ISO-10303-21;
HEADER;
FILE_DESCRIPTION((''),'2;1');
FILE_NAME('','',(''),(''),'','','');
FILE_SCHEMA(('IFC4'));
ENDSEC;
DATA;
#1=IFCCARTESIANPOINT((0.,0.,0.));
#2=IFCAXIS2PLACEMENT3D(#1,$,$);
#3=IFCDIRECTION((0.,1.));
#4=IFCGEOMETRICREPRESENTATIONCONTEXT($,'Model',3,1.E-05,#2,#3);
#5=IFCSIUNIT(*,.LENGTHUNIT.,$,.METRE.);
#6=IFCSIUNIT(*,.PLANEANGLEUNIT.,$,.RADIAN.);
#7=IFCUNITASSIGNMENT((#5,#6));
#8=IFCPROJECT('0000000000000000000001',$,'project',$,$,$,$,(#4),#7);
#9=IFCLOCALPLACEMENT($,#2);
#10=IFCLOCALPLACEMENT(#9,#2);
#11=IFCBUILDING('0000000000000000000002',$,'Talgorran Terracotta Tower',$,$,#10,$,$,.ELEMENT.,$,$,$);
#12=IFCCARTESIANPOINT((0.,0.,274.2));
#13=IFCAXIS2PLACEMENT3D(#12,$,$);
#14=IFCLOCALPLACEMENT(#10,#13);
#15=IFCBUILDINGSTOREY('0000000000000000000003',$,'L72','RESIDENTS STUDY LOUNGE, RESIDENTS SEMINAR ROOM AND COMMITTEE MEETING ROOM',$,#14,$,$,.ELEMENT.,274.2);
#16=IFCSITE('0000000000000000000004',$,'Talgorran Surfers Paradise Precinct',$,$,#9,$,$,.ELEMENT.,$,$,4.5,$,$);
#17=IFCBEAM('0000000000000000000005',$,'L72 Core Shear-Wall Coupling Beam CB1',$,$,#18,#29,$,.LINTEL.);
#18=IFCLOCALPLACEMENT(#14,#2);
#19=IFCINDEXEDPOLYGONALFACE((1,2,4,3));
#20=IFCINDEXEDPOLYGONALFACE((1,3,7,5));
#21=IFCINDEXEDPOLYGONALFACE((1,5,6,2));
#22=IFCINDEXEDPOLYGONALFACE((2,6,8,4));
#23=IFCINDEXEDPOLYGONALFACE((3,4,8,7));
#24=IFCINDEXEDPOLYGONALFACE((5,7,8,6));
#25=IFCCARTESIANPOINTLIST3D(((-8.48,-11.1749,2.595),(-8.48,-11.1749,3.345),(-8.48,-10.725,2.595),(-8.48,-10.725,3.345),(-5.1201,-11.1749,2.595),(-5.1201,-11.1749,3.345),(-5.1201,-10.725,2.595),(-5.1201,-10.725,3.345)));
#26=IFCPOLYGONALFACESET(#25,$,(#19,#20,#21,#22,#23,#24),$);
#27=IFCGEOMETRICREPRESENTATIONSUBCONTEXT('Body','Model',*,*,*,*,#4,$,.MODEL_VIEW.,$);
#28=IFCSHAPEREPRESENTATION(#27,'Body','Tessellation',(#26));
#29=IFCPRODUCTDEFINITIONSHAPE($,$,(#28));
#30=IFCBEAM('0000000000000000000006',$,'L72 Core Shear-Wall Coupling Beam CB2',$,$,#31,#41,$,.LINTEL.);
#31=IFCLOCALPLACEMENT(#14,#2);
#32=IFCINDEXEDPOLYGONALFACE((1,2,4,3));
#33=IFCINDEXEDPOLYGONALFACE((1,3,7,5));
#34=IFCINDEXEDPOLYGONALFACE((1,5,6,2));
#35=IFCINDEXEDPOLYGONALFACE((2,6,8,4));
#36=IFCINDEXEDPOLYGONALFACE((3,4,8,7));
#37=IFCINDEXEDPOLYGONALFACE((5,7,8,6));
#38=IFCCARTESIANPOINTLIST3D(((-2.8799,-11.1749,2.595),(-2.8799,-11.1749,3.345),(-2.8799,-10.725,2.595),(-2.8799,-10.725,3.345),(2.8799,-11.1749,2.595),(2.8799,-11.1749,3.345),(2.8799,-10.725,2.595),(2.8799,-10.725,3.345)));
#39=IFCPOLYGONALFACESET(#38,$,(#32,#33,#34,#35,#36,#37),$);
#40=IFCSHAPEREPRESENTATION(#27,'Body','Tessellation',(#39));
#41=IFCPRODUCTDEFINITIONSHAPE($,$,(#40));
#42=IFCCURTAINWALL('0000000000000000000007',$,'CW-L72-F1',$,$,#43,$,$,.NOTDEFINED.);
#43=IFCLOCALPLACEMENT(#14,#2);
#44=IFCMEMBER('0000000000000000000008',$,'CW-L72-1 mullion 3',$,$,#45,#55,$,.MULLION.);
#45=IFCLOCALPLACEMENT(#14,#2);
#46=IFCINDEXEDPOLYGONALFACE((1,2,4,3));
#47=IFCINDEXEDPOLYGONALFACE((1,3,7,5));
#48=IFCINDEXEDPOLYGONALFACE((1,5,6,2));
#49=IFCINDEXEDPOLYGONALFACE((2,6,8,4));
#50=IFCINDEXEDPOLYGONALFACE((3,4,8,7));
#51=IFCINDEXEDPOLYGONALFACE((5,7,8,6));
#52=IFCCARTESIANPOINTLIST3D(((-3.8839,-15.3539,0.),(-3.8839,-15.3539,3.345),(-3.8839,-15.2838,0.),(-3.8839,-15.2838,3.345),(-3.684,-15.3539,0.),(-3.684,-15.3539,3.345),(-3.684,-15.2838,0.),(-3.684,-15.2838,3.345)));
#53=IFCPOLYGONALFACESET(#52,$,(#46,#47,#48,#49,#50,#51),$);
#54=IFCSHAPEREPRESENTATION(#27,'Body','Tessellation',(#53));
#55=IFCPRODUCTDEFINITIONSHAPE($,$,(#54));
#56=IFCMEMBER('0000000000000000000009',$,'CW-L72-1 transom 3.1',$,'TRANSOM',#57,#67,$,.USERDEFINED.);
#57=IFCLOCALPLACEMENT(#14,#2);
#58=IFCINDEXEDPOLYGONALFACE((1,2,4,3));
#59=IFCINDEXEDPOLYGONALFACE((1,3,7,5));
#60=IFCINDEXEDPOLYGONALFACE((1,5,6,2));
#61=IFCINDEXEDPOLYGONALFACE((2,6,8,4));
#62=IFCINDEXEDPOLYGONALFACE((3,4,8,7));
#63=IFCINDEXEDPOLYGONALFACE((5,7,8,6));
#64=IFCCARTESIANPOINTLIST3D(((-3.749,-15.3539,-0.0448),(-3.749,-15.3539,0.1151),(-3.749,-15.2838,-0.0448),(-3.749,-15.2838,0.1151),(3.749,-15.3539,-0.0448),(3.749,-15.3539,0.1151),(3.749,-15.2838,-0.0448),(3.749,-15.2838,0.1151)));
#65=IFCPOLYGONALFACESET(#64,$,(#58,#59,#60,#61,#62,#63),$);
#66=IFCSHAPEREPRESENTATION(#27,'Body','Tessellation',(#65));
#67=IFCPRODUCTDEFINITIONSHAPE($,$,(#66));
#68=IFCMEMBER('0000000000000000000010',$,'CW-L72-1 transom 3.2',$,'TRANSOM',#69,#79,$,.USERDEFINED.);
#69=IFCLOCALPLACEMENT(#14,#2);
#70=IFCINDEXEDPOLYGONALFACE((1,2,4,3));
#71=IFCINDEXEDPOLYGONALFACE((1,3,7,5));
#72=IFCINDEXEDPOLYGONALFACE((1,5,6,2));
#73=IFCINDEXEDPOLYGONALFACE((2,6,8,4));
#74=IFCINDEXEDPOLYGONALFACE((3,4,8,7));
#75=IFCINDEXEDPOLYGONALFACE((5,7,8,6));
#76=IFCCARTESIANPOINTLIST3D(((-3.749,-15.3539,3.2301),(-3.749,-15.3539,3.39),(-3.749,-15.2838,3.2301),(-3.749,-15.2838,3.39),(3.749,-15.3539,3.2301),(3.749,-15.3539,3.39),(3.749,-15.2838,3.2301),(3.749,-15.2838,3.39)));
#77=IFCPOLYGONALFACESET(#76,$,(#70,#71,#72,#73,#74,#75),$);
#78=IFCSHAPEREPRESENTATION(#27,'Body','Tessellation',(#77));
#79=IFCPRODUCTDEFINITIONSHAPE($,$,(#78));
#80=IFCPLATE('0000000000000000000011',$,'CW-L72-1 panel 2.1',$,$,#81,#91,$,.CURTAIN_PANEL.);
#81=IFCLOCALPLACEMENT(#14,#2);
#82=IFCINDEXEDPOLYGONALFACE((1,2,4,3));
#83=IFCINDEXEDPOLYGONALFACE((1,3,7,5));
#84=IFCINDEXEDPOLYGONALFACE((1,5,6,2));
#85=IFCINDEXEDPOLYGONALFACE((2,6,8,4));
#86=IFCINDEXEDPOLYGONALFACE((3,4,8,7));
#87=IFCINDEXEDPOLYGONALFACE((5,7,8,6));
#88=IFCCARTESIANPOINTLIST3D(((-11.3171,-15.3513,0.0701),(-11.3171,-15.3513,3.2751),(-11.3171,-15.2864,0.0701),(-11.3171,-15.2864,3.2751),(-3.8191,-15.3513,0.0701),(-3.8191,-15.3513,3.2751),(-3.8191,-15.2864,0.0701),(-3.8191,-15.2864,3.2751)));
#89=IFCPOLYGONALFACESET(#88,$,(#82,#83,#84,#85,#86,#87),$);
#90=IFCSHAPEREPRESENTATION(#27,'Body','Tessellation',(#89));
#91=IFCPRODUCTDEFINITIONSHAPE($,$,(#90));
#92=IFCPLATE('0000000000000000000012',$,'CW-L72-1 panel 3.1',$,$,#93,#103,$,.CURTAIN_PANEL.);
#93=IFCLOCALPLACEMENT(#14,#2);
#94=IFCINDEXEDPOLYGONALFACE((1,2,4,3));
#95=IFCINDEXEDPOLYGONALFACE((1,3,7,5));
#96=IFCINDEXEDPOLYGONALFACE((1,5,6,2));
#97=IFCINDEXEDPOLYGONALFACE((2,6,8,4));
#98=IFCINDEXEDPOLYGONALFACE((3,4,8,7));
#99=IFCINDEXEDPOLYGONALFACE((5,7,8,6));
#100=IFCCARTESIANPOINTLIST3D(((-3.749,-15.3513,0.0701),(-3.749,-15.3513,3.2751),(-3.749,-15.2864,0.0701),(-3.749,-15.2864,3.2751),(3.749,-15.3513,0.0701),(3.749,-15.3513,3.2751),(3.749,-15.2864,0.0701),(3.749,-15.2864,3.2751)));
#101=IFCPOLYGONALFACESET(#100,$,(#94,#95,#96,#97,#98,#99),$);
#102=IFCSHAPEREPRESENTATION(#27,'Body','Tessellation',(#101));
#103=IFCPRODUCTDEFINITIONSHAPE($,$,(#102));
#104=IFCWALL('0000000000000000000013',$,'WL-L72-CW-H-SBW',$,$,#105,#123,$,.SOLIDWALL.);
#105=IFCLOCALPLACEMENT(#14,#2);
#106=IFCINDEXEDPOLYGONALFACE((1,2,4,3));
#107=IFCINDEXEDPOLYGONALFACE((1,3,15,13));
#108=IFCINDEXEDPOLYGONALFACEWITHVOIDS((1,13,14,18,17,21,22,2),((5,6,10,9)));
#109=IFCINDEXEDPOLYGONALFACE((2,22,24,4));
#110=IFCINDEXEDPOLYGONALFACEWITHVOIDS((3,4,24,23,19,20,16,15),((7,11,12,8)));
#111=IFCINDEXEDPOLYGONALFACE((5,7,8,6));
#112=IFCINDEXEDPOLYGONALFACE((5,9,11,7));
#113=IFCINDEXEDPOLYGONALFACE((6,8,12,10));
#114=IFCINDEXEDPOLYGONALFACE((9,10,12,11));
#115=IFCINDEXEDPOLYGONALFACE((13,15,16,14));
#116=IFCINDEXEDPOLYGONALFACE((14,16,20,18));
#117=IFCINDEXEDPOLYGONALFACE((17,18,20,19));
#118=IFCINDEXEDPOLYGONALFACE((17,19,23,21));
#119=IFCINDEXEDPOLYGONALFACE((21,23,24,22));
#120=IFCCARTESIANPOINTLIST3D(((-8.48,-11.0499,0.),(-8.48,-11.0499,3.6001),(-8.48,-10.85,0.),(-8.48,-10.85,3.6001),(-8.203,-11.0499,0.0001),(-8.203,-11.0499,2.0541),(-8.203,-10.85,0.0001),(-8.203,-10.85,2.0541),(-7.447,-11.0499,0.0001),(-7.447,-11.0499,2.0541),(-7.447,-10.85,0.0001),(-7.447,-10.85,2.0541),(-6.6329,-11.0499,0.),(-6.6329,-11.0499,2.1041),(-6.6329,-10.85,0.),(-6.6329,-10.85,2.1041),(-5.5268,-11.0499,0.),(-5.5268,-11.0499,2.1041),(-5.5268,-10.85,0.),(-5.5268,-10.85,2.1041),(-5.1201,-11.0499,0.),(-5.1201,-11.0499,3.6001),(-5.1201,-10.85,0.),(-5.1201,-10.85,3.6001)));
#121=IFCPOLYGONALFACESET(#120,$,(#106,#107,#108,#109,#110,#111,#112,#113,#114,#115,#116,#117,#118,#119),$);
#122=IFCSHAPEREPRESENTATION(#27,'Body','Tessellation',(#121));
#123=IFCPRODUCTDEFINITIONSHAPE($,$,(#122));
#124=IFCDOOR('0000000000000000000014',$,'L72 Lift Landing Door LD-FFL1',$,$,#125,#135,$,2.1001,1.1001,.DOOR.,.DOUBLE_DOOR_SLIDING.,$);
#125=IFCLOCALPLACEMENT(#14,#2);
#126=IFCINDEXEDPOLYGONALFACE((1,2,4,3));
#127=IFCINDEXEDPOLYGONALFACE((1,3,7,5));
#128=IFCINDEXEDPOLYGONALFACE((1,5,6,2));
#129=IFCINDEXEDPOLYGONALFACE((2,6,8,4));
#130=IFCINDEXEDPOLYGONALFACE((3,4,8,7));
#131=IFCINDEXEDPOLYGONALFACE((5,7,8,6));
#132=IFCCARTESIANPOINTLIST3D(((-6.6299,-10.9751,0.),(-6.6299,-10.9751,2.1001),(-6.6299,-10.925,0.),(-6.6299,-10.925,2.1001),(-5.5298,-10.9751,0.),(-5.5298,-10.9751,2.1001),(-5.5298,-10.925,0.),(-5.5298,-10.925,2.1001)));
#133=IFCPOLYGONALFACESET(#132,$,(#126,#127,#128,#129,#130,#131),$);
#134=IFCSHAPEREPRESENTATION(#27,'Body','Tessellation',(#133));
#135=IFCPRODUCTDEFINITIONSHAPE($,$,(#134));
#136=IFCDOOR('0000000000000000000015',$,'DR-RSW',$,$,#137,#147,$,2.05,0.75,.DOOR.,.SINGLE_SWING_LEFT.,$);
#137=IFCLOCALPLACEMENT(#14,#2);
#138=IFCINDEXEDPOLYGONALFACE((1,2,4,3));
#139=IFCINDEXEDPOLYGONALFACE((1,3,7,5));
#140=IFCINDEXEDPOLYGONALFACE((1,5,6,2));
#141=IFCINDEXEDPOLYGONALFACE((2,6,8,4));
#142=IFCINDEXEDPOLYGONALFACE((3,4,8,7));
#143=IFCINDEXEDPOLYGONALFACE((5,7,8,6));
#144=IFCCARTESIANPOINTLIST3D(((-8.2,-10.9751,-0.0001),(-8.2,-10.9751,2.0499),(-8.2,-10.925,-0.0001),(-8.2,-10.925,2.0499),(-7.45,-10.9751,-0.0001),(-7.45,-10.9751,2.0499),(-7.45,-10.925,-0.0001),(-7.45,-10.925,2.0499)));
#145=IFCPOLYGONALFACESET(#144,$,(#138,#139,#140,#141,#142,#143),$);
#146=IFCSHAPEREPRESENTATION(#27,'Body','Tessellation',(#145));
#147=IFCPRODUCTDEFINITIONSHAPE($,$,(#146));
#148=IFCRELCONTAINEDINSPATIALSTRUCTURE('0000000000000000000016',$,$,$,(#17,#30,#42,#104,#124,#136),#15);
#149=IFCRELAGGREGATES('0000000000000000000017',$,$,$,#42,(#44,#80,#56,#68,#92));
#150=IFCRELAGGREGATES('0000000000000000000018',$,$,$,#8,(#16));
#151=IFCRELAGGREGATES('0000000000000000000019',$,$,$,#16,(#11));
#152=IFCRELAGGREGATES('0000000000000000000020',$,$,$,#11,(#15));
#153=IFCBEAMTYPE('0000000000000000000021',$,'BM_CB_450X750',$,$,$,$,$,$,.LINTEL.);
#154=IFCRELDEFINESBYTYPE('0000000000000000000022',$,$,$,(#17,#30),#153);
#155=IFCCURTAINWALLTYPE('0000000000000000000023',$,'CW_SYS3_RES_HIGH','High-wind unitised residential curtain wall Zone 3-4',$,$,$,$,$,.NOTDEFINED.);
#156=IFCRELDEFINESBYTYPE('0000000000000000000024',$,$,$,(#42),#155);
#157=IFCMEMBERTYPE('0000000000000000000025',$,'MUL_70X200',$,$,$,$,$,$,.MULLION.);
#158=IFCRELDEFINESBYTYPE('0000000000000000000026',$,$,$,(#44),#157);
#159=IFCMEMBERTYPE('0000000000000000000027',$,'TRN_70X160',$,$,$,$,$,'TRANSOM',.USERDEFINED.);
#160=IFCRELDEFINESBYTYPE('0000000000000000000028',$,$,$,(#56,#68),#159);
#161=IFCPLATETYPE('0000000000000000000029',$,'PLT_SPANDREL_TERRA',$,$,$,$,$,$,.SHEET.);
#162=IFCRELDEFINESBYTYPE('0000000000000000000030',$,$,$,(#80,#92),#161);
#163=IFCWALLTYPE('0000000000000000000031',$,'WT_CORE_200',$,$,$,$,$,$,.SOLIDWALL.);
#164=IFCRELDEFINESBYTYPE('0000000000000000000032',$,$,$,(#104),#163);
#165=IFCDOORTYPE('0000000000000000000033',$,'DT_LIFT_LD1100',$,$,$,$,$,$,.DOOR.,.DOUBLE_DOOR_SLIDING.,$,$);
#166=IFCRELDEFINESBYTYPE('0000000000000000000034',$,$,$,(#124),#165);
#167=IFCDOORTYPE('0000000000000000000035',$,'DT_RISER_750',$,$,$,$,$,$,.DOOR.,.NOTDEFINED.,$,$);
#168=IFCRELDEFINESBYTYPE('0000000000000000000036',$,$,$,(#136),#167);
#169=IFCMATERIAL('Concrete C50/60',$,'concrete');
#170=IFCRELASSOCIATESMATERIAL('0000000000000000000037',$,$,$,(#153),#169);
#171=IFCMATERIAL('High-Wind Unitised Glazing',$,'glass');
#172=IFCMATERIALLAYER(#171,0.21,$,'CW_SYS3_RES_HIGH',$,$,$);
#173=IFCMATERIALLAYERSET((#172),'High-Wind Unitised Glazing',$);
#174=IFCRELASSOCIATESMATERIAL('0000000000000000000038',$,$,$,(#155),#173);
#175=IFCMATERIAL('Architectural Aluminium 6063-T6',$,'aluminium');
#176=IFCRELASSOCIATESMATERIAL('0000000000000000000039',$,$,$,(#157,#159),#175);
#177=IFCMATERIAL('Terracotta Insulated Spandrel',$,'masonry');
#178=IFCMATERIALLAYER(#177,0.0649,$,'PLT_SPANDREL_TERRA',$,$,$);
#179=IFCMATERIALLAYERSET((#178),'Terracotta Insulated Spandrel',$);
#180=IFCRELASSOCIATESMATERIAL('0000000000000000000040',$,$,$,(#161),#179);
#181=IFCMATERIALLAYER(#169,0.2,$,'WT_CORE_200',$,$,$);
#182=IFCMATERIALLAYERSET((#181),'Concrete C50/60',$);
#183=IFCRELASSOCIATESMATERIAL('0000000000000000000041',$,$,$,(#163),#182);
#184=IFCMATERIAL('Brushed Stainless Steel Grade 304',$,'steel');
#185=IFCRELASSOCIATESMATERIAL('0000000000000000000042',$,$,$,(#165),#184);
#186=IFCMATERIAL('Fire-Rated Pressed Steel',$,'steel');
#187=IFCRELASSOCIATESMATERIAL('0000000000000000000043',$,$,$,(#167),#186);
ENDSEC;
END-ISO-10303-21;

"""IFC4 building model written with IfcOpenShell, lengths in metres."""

from ifc_helpers import new_model, si_unit, direction, frame, frame_2d, origin, origin_2d, place, context, subcontext, project, spatial, rectangle, extrude, source, transform, mapped, material, layer, layer_set, material_profile, profile_set, type_object, type_shapes, element, fill, aggregate, save


model = new_model("IFC4")

# Units and contexts
model_context = context("Model", 3, precision=1e-05, world=origin(), true_north=direction((0.0, 1.0)))
body_context = subcontext(model_context, "Body", "Model", "MODEL_VIEW")
ifc_project = project(units=[si_unit("LENGTHUNIT", "METRE"), si_unit("PLANEANGLEUNIT", "RADIAN")], contexts=[model_context])

# Site, building, storey
site_placement = place(None, origin())
site = spatial("IfcSite", under=ifc_project, at=site_placement, Name="Talgorran Surfers Paradise Precinct", CompositionType="ELEMENT", RefElevation=4.5)
building_placement = place(site_placement, origin())
building = spatial("IfcBuilding", under=site, at=building_placement, Name="Talgorran Terracotta Tower", CompositionType="ELEMENT")
storey_placement = place(building_placement, frame((0.0, 0.0, 274.2)))
storey = spatial("IfcBuildingStorey", under=building, at=storey_placement, Name="L72", Description="RESIDENTS STUDY LOUNGE, RESIDENTS SEMINAR ROOM AND COMMITTEE MEETING ROOM", CompositionType="ELEMENT", Elevation=274.2)

# Beams
ifc_material_1 = material(Name="Concrete C50/60", Category="concrete")
ifc_material_profile_1 = material_profile(ifc_material_1, rectangle(XDim=0.45, YDim=0.75, at=origin_2d()), Name="RCCB450X750")
ifc_profile_set_1 = profile_set([ifc_material_profile_1], Name="Concrete C50/60")
beam_type = type_object("IfcBeamType", Name="BM_CB_450X750", PredefinedType="LINTEL", material=ifc_profile_set_1)
beam_1_placement = place(storey_placement, frame((-8.48, -10.95, 2.97), z_axis=(1.0, 0.0, 0.0), x_axis=(0.0, 1.0, 0.0)))
element("IfcBeam", 1, at=beam_1_placement, inside=storey, type_object=beam_type, Name="L72 Core Shear-Wall Coupling Beam CB1", PredefinedType="LINTEL", context=body_context, shape_type="SweptSolid", body=[
    extrude(rectangle(XDim=0.45, YDim=0.75, at=origin_2d()), origin(), (0.0, 0.0, 1.0), 3.3599),
])
beam_2_placement = place(storey_placement, frame((-2.8799, -10.95, 2.97), z_axis=(1.0, 0.0, 0.0), x_axis=(0.0, 1.0, 0.0)))
element("IfcBeam", 2, at=beam_2_placement, inside=storey, type_object=beam_type, Name="L72 Core Shear-Wall Coupling Beam CB2", PredefinedType="LINTEL", context=body_context, shape_type="SweptSolid", body=[
    extrude(rectangle(XDim=0.45, YDim=0.75, at=origin_2d()), origin(), (0.0, 0.0, 1.0), 5.7598),
])

# Curtain wall, members, plates
ifc_material_2 = material(Name="High-Wind Unitised Glazing", Category="glass")
ifc_layer_1 = layer(ifc_material_2, 0.21, Name="CW_SYS3_RES_HIGH")
ifc_layer_set_1 = layer_set([ifc_layer_1], Name="High-Wind Unitised Glazing")
curtain_wall_type = type_object("IfcCurtainWallType", Name="CW_SYS3_RES_HIGH", Description="High-wind unitised residential curtain wall Zone 3-4", PredefinedType="NOTDEFINED", material=ifc_layer_set_1)
curtain_wall_placement = place(storey_placement, origin())
curtain_wall = element("IfcCurtainWall", 3, at=curtain_wall_placement, inside=storey, type_object=curtain_wall_type, Name="CW-L72-F1", PredefinedType="NOTDEFINED")
ifc_material_3 = material(Name="Architectural Aluminium 6063-T6", Category="aluminium")
ifc_material_profile_2 = material_profile(ifc_material_3, rectangle(XDim=0.0701, YDim=0.2, at=origin_2d()), Name="CWM70X200")
ifc_profile_set_2 = profile_set([ifc_material_profile_2], Name="Architectural Aluminium 6063-T6")
member_type_1 = type_object("IfcMemberType", Name="MUL_70X200", PredefinedType="MULLION", material=ifc_profile_set_2)
member_1_placement = place(storey_placement, frame((-3.7839, -15.3188, 0.0), z_axis=(0.0, 0.0, 1.0), x_axis=(0.0, 1.0, 0.0)))
member_1 = element("IfcMember", 4, at=member_1_placement, type_object=member_type_1, Name="CW-L72-1 mullion 3", PredefinedType="MULLION", context=body_context, shape_type="SweptSolid", body=[
    extrude(rectangle(XDim=0.0701, YDim=0.2, at=origin_2d()), origin(), (0.0, 0.0, 1.0), 3.345),
])
ifc_material_profile_3 = material_profile(ifc_material_3, rectangle(XDim=0.0701, YDim=0.1599, at=origin_2d()), Name="CWT70X160")
ifc_profile_set_3 = profile_set([ifc_material_profile_3], Name="Architectural Aluminium 6063-T6")
member_type_2 = type_object("IfcMemberType", Name="TRN_70X160", ElementType="TRANSOM", PredefinedType="USERDEFINED", material=ifc_profile_set_3)
member_2_placement = place(storey_placement, frame((-3.749, -15.3188, 0.0352), z_axis=(1.0, 0.0, 0.0), x_axis=(0.0, 1.0, 0.0)))
member_2 = element("IfcMember", 5, at=member_2_placement, type_object=member_type_2, Name="CW-L72-1 transom 3.1", ObjectType="TRANSOM", PredefinedType="USERDEFINED", context=body_context, shape_type="SweptSolid", body=[
    extrude(rectangle(XDim=0.0701, YDim=0.1599, at=origin_2d()), origin(), (0.0, 0.0, 1.0), 7.498),
])
member_3_placement = place(storey_placement, frame((-3.749, -15.3188, 3.3101), z_axis=(1.0, 0.0, 0.0), x_axis=(0.0, 1.0, 0.0)))
member_3 = element("IfcMember", 6, at=member_3_placement, type_object=member_type_2, Name="CW-L72-1 transom 3.2", ObjectType="TRANSOM", PredefinedType="USERDEFINED", context=body_context, shape_type="SweptSolid", body=[
    extrude(rectangle(XDim=0.0701, YDim=0.1599, at=origin_2d()), origin(), (0.0, 0.0, 1.0), 7.498),
])
ifc_material_4 = material(Name="Terracotta Insulated Spandrel", Category="masonry")
ifc_layer_2 = layer(ifc_material_4, 0.0649, Name="PLT_SPANDREL_TERRA")
ifc_layer_set_2 = layer_set([ifc_layer_2], Name="Terracotta Insulated Spandrel")
plate_type = type_object("IfcPlateType", Name="PLT_SPANDREL_TERRA", PredefinedType="SHEET", material=ifc_layer_set_2)
shared_shape = source(origin(), body_context, "Body", "SweptSolid", [
    extrude(rectangle(XDim=7.498, YDim=0.0649, at=origin_2d()), origin(), (0.0, 0.0, 1.0), 3.2051),
])
type_shapes(plate_type, [shared_shape])
plate_1_placement = place(storey_placement, frame((-7.5681, -15.3188, 0.0701), z_axis=(0.0, 0.0, 1.0), x_axis=(1.0, 0.0, 0.0)))
plate_1 = element("IfcPlate", 7, at=plate_1_placement, type_object=plate_type, Name="CW-L72-1 panel 2.1", PredefinedType="CURTAIN_PANEL", context=body_context, shape_type="MappedRepresentation", body=[
    mapped(shared_shape, transform((0.0, 0.0, 0.0), scale=1.0)),
])
plate_2_placement = place(storey_placement, frame((0.0, -15.3188, 0.0701), z_axis=(0.0, 0.0, 1.0), x_axis=(1.0, 0.0, 0.0)))
plate_2 = element("IfcPlate", 8, at=plate_2_placement, type_object=plate_type, Name="CW-L72-1 panel 3.1", PredefinedType="CURTAIN_PANEL", context=body_context, shape_type="MappedRepresentation", body=[
    mapped(shared_shape, transform((0.0, 0.0, 0.0), scale=1.0)),
])
aggregate(curtain_wall, [member_1, plate_1, member_2, member_3, plate_2])

# Wall, openings, doors
ifc_layer_3 = layer(ifc_material_1, 0.2, Name="WT_CORE_200")
ifc_layer_set_3 = layer_set([ifc_layer_3], Name="Concrete C50/60")
wall_type_1 = type_object("IfcWallType", Name="WT_CORE_200", PredefinedType="SOLIDWALL", material=ifc_layer_set_3)
wall_1_placement = place(storey_placement, frame((-8.48, -10.95, 0.0), z_axis=(0.0, 0.0, 1.0), x_axis=(1.0, 0.0, 0.0)))
wall_1 = element("IfcWall", 9, at=wall_1_placement, inside=storey, type_object=wall_type_1, Name="WL-L72-CW-H-SBW", PredefinedType="SOLIDWALL", context=body_context, shape_type="SweptSolid", body=[
    extrude(rectangle(XDim=3.3599, YDim=0.2, at=frame_2d((1.6799, 0.0))), origin(), (0.0, 0.0, 1.0), 3.6001),
])
opening_1_placement = place(wall_1_placement, frame((0.28, 0.0, 0.0)))
opening_1 = element("IfcOpeningElement", 10, at=opening_1_placement, cuts=wall_1, PredefinedType="OPENING", context=body_context, shape_type="SweptSolid", body=[
    extrude(rectangle(XDim=0.756, YDim=2.054, at=frame_2d((0.375, 1.0271))), frame((0.0, 0.1099, 0.0), z_axis=(0.0, -1.0, 0.0), x_axis=(1.0, 0.0, 0.0)), (0.0, 0.0, 1.0), 0.22),
])
opening_2_placement = place(wall_1_placement, frame((1.8501, 0.0, 0.0)))
opening_2 = element("IfcOpeningElement", 11, at=opening_2_placement, cuts=wall_1, PredefinedType="OPENING", context=body_context, shape_type="SweptSolid", body=[
    extrude(rectangle(XDim=1.1061, YDim=2.1041, at=frame_2d((0.55, 1.052))), frame((0.0, 0.1099, 0.0), z_axis=(0.0, -1.0, 0.0), x_axis=(1.0, 0.0, 0.0)), (0.0, 0.0, 1.0), 0.22),
])
ifc_material_5 = material(Name="Brushed Stainless Steel Grade 304", Category="steel")
door_type_1 = type_object("IfcDoorType", Name="DT_LIFT_LD1100", OperationType="DOUBLE_DOOR_SLIDING", PredefinedType="DOOR", material=ifc_material_5)
door_1_placement = place(opening_2_placement, origin())
door_1 = element("IfcDoor", 12, at=door_1_placement, inside=storey, type_object=door_type_1, Name="L72 Lift Landing Door LD-FFL1", OperationType="DOUBLE_DOOR_SLIDING", OverallHeight=2.1001, OverallWidth=1.1001, PredefinedType="DOOR", context=body_context, shape_type="SweptSolid", body=[
    extrude(rectangle(XDim=1.1001, YDim=2.1001, at=frame_2d((0.55, 1.05))), frame((0.0, 0.0249, 0.0), z_axis=(0.0, -1.0, 0.0), x_axis=(1.0, 0.0, 0.0)), (0.0, 0.0, 1.0), 0.05),
])
fill(opening_2, door_1)
ifc_material_6 = material(Name="Fire-Rated Pressed Steel", Category="steel")
door_type_2 = type_object("IfcDoorType", Name="DT_RISER_750", OperationType="NOTDEFINED", PredefinedType="DOOR", material=ifc_material_6)
door_2_placement = place(opening_1_placement, origin())
door_2 = element("IfcDoor", 13, at=door_2_placement, inside=storey, type_object=door_type_2, Name="DR-RSW", OperationType="SINGLE_SWING_LEFT", OverallHeight=2.05, OverallWidth=0.75, PredefinedType="DOOR", context=body_context, shape_type="SweptSolid", body=[
    extrude(rectangle(XDim=0.75, YDim=2.05, at=frame_2d((0.375, 1.0249))), frame((0.0, 0.0249, 0.0), z_axis=(0.0, -1.0, 0.0), x_axis=(1.0, 0.0, 0.0)), (0.0, 0.0, 1.0), 0.05),
])
fill(opening_1, door_2)

save(model, "model.ifc")
